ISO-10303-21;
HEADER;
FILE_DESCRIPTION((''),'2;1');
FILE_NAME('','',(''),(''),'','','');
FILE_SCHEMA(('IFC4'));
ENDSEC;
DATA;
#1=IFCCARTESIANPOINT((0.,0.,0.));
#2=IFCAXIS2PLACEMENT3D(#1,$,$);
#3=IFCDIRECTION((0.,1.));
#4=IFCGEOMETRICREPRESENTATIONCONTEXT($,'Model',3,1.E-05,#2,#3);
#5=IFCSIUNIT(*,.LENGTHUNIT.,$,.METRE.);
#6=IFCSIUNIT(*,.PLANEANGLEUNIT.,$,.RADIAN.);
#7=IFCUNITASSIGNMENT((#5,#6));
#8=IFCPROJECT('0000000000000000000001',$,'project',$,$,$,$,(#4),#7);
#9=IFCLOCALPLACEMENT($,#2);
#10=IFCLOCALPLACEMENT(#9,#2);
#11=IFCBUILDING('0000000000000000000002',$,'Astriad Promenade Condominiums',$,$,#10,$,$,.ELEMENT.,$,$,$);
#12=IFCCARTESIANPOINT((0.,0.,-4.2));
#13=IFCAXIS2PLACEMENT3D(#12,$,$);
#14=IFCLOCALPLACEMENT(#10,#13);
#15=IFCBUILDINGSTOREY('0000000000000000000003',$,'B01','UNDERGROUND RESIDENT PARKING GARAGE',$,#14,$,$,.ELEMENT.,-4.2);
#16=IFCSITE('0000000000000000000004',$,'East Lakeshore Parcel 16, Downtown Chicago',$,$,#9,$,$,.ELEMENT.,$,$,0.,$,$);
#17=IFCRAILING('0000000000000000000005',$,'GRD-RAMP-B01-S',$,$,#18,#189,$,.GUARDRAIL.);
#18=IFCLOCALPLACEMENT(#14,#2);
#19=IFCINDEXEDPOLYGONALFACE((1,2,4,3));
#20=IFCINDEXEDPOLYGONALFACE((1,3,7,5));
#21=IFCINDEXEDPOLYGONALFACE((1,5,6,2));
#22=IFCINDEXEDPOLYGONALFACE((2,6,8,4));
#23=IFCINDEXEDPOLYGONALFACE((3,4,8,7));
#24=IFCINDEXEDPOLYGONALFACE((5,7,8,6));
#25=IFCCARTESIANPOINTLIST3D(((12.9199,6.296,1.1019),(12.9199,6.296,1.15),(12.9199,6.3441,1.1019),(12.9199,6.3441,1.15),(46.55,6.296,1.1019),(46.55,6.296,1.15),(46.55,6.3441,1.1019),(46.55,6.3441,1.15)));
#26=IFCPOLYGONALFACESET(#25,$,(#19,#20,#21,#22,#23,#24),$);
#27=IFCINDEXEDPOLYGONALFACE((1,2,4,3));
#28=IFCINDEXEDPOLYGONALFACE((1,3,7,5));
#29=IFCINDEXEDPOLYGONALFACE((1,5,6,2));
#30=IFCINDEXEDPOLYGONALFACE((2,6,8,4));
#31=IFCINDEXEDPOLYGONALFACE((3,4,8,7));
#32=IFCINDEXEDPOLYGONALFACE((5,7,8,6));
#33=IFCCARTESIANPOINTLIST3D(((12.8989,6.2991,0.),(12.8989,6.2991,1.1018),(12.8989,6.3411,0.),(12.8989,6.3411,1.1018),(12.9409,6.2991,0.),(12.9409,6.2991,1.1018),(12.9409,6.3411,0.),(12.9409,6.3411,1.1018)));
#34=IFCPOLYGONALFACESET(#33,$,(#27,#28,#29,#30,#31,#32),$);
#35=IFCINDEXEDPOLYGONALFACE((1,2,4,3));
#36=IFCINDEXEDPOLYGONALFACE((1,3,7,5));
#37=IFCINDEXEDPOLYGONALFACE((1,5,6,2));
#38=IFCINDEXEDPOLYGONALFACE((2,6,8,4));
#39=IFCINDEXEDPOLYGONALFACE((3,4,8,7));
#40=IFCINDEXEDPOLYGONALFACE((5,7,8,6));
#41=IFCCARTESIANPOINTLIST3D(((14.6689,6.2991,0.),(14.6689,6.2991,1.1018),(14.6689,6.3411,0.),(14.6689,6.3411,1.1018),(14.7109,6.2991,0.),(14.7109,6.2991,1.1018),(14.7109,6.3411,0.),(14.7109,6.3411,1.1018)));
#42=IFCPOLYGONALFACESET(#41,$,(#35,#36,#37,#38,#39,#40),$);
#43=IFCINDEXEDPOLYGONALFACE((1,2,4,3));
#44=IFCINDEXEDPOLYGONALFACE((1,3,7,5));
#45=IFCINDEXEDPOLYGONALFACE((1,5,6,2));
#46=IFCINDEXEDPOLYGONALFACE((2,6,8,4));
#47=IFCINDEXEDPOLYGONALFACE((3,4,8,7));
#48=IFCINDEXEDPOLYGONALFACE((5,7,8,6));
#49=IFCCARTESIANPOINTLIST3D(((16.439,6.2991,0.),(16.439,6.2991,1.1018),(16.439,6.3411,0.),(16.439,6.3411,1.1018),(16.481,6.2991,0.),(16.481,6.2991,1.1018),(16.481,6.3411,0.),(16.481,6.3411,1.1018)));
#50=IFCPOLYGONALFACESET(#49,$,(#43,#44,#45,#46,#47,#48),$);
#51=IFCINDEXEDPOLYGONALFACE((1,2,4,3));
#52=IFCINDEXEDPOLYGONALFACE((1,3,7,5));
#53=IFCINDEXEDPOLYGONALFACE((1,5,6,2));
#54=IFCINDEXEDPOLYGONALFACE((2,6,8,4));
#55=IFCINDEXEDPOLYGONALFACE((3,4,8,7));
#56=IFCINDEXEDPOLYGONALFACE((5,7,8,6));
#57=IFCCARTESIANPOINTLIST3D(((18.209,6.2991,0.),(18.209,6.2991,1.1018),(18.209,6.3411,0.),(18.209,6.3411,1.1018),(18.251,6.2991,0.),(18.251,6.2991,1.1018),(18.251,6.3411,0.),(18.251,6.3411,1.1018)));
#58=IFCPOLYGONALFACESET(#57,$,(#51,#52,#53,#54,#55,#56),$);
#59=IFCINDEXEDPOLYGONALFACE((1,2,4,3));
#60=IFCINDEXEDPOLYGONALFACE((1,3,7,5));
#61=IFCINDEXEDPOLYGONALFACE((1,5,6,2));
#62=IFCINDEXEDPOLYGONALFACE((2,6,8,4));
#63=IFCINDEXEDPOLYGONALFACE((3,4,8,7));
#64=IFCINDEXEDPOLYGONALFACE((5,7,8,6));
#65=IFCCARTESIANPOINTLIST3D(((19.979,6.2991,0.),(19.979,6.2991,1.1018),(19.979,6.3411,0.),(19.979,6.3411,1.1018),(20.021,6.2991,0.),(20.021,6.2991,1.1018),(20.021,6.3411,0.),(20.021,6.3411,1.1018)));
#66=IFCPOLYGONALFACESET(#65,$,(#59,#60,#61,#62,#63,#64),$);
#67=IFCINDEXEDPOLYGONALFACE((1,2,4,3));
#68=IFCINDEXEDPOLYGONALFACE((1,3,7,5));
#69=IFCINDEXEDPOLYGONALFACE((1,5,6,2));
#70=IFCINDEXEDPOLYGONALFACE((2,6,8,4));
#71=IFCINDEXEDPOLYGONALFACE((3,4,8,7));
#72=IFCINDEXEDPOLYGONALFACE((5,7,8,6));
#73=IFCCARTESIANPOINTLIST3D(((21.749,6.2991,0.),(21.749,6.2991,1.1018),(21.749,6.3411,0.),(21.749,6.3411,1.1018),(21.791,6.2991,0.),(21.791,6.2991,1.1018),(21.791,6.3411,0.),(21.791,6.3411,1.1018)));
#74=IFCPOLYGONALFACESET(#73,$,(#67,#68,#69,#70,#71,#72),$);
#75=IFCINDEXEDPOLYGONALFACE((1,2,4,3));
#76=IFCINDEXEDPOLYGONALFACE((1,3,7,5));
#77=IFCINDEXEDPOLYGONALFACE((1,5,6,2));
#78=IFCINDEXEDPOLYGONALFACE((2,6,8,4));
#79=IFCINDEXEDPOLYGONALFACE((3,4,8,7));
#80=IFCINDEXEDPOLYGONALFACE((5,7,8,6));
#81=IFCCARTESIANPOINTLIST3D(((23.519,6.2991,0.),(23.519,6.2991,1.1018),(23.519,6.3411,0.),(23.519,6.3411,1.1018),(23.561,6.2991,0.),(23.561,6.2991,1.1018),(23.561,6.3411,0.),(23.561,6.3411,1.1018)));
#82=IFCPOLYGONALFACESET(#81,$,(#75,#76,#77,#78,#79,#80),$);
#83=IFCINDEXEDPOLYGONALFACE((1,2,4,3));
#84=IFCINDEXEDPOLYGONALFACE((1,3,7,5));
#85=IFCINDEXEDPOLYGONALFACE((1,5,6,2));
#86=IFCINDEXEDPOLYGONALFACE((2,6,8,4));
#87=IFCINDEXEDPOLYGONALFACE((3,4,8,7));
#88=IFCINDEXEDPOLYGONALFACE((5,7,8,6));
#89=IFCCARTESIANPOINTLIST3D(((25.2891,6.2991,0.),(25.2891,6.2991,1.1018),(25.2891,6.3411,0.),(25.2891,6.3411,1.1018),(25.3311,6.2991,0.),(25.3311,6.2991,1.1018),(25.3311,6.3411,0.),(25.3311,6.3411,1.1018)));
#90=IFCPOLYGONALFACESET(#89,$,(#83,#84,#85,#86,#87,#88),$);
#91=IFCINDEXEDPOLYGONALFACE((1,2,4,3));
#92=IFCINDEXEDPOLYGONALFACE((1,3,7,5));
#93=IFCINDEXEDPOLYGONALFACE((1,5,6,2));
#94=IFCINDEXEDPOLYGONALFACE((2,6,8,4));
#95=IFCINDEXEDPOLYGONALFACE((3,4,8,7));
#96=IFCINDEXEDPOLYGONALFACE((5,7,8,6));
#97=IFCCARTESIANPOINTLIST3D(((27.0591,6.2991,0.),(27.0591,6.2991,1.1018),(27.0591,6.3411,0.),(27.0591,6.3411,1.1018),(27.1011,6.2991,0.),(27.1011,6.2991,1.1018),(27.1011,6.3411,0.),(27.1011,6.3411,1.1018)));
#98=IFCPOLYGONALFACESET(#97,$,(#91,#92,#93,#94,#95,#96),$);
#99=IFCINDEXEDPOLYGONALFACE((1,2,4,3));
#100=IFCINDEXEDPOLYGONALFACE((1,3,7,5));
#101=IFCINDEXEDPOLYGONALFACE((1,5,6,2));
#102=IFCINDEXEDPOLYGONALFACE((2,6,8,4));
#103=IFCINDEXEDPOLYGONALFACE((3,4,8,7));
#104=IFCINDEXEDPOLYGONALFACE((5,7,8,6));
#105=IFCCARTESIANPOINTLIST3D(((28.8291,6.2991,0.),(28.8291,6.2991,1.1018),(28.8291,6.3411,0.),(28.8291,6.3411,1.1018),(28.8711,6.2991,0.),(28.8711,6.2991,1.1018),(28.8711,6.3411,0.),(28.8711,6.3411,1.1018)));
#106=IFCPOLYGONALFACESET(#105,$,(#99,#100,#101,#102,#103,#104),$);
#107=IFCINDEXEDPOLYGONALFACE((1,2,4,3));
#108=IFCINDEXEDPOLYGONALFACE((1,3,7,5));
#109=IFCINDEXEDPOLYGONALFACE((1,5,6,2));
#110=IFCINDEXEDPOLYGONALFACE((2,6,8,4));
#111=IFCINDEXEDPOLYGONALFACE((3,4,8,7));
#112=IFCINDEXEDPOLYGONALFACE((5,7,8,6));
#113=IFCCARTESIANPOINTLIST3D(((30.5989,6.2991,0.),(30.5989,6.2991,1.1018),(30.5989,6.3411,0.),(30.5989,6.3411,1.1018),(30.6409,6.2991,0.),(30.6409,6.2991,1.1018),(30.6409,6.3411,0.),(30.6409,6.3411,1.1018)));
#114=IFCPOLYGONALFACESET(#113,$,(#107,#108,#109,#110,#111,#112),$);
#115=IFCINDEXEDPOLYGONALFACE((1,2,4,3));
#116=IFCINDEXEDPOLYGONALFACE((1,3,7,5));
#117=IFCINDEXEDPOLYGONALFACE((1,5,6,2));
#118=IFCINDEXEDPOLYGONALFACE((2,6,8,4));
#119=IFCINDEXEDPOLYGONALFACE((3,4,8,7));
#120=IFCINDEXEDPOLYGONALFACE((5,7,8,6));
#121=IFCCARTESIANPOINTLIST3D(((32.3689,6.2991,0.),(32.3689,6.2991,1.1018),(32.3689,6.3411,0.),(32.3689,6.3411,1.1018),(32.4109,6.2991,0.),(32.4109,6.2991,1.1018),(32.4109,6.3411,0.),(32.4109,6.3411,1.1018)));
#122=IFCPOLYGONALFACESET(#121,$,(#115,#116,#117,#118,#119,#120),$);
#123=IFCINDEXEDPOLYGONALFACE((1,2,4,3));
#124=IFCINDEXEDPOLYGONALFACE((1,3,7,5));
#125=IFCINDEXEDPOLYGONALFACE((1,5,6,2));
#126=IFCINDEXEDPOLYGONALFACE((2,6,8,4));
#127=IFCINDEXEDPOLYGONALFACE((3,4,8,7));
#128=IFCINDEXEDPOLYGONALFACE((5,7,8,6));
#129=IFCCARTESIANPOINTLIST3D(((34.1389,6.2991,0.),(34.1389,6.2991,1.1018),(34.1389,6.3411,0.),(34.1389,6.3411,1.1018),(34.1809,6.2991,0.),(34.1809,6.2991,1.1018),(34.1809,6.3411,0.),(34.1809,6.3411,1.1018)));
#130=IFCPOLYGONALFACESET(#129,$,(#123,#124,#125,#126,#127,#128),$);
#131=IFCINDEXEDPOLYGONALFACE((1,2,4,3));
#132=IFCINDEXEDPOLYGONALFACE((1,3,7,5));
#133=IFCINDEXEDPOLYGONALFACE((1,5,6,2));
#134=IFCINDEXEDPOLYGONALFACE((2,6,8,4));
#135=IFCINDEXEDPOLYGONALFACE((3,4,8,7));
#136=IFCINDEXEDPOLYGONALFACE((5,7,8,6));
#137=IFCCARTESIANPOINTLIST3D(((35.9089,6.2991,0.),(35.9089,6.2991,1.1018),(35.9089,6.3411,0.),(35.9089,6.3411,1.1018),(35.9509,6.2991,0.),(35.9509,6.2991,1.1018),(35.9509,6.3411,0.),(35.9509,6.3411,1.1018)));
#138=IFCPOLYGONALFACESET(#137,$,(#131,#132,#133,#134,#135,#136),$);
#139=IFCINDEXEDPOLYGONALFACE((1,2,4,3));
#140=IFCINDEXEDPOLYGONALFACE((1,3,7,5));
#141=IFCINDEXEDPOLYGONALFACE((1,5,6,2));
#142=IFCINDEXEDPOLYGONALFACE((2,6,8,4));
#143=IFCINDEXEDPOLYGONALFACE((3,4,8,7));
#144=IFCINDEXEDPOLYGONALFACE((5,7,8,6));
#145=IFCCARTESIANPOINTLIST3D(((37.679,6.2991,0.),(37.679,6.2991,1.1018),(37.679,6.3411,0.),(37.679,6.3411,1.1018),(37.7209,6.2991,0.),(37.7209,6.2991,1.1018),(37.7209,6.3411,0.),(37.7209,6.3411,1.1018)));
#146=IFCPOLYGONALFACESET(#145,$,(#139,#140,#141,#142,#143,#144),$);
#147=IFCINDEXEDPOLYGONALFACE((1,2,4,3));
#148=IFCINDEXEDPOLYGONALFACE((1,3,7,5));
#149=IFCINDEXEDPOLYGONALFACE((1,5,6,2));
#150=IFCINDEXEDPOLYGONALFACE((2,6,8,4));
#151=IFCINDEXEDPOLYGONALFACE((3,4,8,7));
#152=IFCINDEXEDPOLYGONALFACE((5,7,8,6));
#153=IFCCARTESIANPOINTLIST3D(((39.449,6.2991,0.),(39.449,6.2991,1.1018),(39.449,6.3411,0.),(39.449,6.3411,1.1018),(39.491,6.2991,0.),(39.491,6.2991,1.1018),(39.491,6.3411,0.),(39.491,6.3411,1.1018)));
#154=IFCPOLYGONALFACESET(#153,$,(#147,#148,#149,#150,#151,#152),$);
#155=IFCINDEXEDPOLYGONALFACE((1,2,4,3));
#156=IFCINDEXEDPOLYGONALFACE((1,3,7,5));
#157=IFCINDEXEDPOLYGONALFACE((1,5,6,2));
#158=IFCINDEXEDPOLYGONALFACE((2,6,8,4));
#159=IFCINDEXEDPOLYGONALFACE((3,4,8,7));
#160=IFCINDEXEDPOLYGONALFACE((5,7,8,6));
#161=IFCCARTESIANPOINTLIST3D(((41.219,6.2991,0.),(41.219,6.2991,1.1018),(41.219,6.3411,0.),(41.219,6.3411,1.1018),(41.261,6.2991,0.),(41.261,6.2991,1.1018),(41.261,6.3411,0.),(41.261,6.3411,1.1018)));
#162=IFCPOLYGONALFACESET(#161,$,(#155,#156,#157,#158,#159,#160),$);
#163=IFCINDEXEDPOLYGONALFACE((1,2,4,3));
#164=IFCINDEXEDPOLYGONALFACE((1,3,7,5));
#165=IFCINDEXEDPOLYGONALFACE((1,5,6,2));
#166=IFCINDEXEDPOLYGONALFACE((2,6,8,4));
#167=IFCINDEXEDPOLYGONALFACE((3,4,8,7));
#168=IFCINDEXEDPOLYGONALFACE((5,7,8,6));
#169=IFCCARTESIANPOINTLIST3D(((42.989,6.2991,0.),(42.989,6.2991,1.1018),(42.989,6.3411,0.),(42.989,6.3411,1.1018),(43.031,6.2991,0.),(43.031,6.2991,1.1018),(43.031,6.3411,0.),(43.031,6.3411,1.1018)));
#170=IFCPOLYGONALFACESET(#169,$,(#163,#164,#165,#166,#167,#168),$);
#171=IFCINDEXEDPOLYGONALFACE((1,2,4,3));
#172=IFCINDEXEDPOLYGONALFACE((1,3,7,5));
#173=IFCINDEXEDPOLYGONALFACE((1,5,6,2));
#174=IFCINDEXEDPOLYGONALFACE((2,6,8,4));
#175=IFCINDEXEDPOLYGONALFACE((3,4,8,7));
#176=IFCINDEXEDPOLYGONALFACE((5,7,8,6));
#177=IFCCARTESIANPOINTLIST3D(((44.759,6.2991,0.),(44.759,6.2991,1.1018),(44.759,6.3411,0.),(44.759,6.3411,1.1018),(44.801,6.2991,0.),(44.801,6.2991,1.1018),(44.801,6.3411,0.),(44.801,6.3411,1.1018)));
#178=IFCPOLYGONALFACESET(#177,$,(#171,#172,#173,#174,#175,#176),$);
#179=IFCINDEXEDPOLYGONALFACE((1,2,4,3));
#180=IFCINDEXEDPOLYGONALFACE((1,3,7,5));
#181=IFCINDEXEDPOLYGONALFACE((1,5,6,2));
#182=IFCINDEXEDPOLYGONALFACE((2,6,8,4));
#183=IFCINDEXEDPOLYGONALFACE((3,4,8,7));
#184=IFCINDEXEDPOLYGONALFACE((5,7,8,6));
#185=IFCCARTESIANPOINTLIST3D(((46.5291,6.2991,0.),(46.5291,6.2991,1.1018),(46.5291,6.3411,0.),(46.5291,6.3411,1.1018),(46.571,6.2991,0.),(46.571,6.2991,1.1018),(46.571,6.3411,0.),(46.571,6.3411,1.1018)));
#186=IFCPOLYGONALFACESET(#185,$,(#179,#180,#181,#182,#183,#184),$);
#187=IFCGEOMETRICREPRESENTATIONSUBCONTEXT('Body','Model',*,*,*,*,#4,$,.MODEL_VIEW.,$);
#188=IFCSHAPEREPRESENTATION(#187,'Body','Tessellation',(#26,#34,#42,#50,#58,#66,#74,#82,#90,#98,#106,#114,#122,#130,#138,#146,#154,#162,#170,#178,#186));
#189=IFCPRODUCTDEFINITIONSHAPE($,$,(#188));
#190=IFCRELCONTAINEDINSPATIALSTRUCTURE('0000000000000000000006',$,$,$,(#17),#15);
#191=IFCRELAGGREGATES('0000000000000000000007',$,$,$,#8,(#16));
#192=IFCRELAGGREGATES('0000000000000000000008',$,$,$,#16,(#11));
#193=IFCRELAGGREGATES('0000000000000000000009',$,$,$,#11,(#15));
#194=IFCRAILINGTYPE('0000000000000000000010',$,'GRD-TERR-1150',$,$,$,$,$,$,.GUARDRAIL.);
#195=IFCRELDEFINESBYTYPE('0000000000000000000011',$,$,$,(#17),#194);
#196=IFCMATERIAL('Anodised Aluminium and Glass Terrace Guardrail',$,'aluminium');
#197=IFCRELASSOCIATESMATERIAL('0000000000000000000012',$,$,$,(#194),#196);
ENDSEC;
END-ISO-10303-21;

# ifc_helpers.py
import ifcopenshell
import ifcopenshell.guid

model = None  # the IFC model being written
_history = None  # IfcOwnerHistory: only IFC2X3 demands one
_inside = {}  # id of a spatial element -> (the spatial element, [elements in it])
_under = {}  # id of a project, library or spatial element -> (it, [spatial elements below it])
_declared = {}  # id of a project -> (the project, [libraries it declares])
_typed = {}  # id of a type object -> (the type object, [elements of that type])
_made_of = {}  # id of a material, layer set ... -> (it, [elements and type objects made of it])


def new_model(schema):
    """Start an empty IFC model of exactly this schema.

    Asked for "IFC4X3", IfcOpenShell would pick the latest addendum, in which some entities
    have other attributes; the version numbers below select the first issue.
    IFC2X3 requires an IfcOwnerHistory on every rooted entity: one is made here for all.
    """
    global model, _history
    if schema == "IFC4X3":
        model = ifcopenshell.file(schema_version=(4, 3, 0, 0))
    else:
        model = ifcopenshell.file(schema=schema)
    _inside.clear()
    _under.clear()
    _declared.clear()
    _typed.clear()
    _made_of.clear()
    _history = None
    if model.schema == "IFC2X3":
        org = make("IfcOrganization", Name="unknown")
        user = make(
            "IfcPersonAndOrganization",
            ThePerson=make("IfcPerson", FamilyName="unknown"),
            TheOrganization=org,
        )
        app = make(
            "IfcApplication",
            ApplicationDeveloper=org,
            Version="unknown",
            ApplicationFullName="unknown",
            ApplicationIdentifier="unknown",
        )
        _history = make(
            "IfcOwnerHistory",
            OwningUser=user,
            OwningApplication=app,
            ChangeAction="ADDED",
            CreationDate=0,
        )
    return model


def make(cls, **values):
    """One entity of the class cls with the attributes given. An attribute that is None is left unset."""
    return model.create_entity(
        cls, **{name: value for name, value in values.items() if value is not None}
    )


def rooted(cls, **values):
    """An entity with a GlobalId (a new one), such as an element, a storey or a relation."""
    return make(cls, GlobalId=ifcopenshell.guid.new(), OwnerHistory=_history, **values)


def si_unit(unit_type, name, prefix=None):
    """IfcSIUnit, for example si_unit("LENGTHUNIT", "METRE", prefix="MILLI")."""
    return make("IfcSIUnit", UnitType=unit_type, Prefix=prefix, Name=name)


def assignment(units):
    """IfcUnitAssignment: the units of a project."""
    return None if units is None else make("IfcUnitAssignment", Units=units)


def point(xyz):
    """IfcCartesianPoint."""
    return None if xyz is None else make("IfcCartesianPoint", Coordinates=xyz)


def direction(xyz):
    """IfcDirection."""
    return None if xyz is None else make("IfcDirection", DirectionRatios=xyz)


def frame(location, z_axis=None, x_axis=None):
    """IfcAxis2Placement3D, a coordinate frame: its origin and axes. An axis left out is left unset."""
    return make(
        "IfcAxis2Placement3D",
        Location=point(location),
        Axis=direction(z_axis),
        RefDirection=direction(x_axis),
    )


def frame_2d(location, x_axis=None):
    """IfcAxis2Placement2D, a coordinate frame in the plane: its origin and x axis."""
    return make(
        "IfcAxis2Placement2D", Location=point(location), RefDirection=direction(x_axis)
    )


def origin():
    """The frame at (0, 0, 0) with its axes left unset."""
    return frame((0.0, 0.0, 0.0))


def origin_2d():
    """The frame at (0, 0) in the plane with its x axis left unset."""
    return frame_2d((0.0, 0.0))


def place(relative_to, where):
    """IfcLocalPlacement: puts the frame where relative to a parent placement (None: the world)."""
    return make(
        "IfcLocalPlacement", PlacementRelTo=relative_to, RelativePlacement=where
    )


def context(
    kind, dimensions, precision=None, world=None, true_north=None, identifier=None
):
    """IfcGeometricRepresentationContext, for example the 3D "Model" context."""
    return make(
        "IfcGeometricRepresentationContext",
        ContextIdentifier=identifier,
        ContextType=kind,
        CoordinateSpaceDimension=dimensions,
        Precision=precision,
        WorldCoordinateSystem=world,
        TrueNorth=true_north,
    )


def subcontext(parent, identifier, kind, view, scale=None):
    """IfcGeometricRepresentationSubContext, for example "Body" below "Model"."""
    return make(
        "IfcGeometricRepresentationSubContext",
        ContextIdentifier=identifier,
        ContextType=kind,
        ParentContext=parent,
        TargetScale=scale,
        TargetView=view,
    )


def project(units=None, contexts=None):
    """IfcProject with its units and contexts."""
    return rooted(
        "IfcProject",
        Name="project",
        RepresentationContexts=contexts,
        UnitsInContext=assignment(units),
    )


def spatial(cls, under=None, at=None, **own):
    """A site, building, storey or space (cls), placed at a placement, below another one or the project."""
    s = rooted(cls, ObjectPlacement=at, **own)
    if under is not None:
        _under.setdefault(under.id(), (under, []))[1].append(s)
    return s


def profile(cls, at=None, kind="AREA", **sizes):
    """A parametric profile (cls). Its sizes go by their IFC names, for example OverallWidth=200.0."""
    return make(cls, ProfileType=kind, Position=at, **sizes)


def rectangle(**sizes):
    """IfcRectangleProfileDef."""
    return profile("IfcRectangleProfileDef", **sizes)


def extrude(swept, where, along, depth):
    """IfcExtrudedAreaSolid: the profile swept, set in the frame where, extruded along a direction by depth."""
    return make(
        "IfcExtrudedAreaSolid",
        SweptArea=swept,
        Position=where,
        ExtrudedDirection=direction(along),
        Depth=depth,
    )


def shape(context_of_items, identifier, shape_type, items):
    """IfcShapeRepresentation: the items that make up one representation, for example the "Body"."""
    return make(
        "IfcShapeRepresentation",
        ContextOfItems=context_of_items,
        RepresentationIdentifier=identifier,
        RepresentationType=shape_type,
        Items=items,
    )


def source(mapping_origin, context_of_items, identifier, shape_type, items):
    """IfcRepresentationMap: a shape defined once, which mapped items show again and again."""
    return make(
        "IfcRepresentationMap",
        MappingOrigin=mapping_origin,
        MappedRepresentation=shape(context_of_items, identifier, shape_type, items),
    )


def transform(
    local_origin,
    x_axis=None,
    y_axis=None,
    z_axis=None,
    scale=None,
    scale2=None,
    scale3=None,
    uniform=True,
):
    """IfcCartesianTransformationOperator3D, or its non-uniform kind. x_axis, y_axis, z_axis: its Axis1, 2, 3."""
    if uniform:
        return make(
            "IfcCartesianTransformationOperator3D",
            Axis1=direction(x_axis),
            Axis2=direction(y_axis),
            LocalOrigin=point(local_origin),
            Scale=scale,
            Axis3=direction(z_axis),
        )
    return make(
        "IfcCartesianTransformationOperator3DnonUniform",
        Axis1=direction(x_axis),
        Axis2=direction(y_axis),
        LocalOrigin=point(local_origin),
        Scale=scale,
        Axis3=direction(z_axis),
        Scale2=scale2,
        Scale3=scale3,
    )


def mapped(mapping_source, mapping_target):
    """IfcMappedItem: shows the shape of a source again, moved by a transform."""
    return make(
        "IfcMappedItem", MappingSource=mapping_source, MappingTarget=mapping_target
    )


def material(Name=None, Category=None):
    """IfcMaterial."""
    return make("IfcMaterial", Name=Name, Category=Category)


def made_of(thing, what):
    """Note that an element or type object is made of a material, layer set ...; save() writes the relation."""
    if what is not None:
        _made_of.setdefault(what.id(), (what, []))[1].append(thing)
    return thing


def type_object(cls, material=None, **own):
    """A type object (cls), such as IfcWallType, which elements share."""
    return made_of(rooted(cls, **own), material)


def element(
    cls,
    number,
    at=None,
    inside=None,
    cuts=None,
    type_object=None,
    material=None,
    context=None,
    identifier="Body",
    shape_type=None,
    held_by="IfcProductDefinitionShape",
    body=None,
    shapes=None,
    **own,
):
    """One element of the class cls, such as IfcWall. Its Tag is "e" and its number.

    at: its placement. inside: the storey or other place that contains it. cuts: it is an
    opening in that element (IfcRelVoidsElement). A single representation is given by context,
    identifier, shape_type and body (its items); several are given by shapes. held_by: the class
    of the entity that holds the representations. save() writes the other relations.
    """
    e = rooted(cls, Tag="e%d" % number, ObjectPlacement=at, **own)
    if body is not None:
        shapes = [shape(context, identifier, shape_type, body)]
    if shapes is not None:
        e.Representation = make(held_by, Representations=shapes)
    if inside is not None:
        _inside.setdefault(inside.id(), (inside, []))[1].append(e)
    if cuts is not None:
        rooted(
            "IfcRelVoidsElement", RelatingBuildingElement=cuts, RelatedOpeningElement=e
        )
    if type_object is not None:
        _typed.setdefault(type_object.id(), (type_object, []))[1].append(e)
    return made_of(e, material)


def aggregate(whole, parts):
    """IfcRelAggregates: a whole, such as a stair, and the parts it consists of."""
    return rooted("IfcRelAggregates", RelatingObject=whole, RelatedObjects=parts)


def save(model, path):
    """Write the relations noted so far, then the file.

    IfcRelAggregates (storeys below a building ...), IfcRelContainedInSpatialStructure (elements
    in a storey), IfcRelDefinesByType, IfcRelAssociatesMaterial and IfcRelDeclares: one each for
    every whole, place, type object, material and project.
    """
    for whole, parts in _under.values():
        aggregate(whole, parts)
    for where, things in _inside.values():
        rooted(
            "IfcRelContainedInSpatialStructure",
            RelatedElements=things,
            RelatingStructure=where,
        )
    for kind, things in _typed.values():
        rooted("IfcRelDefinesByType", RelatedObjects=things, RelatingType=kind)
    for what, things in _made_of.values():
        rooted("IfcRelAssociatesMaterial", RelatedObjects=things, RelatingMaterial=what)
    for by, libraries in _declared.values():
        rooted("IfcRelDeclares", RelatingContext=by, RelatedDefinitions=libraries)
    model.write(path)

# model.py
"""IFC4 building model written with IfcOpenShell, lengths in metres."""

from ifc_helpers import new_model, si_unit, direction, frame, origin, origin_2d, place, context, subcontext, project, spatial, rectangle, extrude, source, transform, mapped, material, type_object, element, save


model = new_model("IFC4")

# Units and contexts
model_context = context("Model", 3, precision=1e-05, world=origin(), true_north=direction((0.0, 1.0)))
body_context = subcontext(model_context, "Body", "Model", "MODEL_VIEW")
ifc_project = project(units=[si_unit("LENGTHUNIT", "METRE"), si_unit("PLANEANGLEUNIT", "RADIAN")], contexts=[model_context])

# Site, building, storey
site_placement = place(None, origin())
site = spatial("IfcSite", under=ifc_project, at=site_placement, Name="East Lakeshore Parcel 16, Downtown Chicago", CompositionType="ELEMENT", RefElevation=0.0)
building_placement = place(site_placement, origin())
building = spatial("IfcBuilding", under=site, at=building_placement, Name="Astriad Promenade Condominiums", CompositionType="ELEMENT")
storey_placement = place(building_placement, frame((0.0, 0.0, -4.2)))
storey = spatial("IfcBuildingStorey", under=building, at=storey_placement, Name="B01", Description="UNDERGROUND RESIDENT PARKING GARAGE", CompositionType="ELEMENT", Elevation=-4.2)

# Railing
ifc_material_1 = material(Name="Anodised Aluminium and Glass Terrace Guardrail", Category="aluminium")
railing_type = type_object("IfcRailingType", Name="GRD-TERR-1150", PredefinedType="GUARDRAIL", material=ifc_material_1)
shared_shape_1 = source(origin(), body_context, "Body", "SweptSolid", [
    extrude(rectangle(XDim=0.0481, YDim=0.0481, at=origin_2d()), frame((0.0, 0.0, 1.126), z_axis=(1.0, 0.0, 0.0), x_axis=(0.0, 1.0, 0.0)), (0.0, 0.0, 1.0), 33.6301),
    extrude(rectangle(XDim=0.042, YDim=0.042, at=origin_2d()), origin(), (0.0, 0.0, 1.0), 1.1018),
    extrude(rectangle(XDim=0.042, YDim=0.042, at=origin_2d()), frame((1.77, 0.0, 0.0)), (0.0, 0.0, 1.0), 1.1018),
    extrude(rectangle(XDim=0.042, YDim=0.042, at=origin_2d()), frame((3.54, 0.0, 0.0)), (0.0, 0.0, 1.0), 1.1018),
    extrude(rectangle(XDim=0.042, YDim=0.042, at=origin_2d()), frame((5.3101, 0.0, 0.0)), (0.0, 0.0, 1.0), 1.1018),
    extrude(rectangle(XDim=0.042, YDim=0.042, at=origin_2d()), frame((7.0801, 0.0, 0.0)), (0.0, 0.0, 1.0), 1.1018),
    extrude(rectangle(XDim=0.042, YDim=0.042, at=origin_2d()), frame((8.8501, 0.0, 0.0)), (0.0, 0.0, 1.0), 1.1018),
    extrude(rectangle(XDim=0.042, YDim=0.042, at=origin_2d()), frame((10.6201, 0.0, 0.0)), (0.0, 0.0, 1.0), 1.1018),
    extrude(rectangle(XDim=0.042, YDim=0.042, at=origin_2d()), frame((12.3901, 0.0, 0.0)), (0.0, 0.0, 1.0), 1.1018),
    extrude(rectangle(XDim=0.042, YDim=0.042, at=origin_2d()), frame((14.1602, 0.0, 0.0)), (0.0, 0.0, 1.0), 1.1018),
    extrude(rectangle(XDim=0.042, YDim=0.042, at=origin_2d()), frame((15.9302, 0.0, 0.0)), (0.0, 0.0, 1.0), 1.1018),
    extrude(rectangle(XDim=0.042, YDim=0.042, at=origin_2d()), frame((17.7, 0.0, 0.0)), (0.0, 0.0, 1.0), 1.1018),
    extrude(rectangle(XDim=0.042, YDim=0.042, at=origin_2d()), frame((19.47, 0.0, 0.0)), (0.0, 0.0, 1.0), 1.1018),
    extrude(rectangle(XDim=0.042, YDim=0.042, at=origin_2d()), frame((21.24, 0.0, 0.0)), (0.0, 0.0, 1.0), 1.1018),
    extrude(rectangle(XDim=0.042, YDim=0.042, at=origin_2d()), frame((23.01, 0.0, 0.0)), (0.0, 0.0, 1.0), 1.1018),
    extrude(rectangle(XDim=0.042, YDim=0.042, at=origin_2d()), frame((24.78, 0.0, 0.0)), (0.0, 0.0, 1.0), 1.1018),
    extrude(rectangle(XDim=0.042, YDim=0.042, at=origin_2d()), frame((26.55, 0.0, 0.0)), (0.0, 0.0, 1.0), 1.1018),
    extrude(rectangle(XDim=0.042, YDim=0.042, at=origin_2d()), frame((28.3201, 0.0, 0.0)), (0.0, 0.0, 1.0), 1.1018),
    extrude(rectangle(XDim=0.042, YDim=0.042, at=origin_2d()), frame((30.0901, 0.0, 0.0)), (0.0, 0.0, 1.0), 1.1018),
    extrude(rectangle(XDim=0.042, YDim=0.042, at=origin_2d()), frame((31.8601, 0.0, 0.0)), (0.0, 0.0, 1.0), 1.1018),
    extrude(rectangle(XDim=0.042, YDim=0.042, at=origin_2d()), frame((33.6301, 0.0, 0.0)), (0.0, 0.0, 1.0), 1.1018),
])
for number, where, name in (
    (1, (12.9199, 6.3201, 0.0), "GRD-RAMP-B01-S"),
):
    element("IfcRailing", number, at=place(storey_placement, frame(where)), inside=storey, type_object=railing_type, Name=name, PredefinedType="GUARDRAIL", context=body_context, shape_type="MappedRepresentation", body=[
        mapped(shared_shape_1, transform((0.0, 0.0, 0.0), scale=1.0)),
    ])

save(model, "model.ifc")
